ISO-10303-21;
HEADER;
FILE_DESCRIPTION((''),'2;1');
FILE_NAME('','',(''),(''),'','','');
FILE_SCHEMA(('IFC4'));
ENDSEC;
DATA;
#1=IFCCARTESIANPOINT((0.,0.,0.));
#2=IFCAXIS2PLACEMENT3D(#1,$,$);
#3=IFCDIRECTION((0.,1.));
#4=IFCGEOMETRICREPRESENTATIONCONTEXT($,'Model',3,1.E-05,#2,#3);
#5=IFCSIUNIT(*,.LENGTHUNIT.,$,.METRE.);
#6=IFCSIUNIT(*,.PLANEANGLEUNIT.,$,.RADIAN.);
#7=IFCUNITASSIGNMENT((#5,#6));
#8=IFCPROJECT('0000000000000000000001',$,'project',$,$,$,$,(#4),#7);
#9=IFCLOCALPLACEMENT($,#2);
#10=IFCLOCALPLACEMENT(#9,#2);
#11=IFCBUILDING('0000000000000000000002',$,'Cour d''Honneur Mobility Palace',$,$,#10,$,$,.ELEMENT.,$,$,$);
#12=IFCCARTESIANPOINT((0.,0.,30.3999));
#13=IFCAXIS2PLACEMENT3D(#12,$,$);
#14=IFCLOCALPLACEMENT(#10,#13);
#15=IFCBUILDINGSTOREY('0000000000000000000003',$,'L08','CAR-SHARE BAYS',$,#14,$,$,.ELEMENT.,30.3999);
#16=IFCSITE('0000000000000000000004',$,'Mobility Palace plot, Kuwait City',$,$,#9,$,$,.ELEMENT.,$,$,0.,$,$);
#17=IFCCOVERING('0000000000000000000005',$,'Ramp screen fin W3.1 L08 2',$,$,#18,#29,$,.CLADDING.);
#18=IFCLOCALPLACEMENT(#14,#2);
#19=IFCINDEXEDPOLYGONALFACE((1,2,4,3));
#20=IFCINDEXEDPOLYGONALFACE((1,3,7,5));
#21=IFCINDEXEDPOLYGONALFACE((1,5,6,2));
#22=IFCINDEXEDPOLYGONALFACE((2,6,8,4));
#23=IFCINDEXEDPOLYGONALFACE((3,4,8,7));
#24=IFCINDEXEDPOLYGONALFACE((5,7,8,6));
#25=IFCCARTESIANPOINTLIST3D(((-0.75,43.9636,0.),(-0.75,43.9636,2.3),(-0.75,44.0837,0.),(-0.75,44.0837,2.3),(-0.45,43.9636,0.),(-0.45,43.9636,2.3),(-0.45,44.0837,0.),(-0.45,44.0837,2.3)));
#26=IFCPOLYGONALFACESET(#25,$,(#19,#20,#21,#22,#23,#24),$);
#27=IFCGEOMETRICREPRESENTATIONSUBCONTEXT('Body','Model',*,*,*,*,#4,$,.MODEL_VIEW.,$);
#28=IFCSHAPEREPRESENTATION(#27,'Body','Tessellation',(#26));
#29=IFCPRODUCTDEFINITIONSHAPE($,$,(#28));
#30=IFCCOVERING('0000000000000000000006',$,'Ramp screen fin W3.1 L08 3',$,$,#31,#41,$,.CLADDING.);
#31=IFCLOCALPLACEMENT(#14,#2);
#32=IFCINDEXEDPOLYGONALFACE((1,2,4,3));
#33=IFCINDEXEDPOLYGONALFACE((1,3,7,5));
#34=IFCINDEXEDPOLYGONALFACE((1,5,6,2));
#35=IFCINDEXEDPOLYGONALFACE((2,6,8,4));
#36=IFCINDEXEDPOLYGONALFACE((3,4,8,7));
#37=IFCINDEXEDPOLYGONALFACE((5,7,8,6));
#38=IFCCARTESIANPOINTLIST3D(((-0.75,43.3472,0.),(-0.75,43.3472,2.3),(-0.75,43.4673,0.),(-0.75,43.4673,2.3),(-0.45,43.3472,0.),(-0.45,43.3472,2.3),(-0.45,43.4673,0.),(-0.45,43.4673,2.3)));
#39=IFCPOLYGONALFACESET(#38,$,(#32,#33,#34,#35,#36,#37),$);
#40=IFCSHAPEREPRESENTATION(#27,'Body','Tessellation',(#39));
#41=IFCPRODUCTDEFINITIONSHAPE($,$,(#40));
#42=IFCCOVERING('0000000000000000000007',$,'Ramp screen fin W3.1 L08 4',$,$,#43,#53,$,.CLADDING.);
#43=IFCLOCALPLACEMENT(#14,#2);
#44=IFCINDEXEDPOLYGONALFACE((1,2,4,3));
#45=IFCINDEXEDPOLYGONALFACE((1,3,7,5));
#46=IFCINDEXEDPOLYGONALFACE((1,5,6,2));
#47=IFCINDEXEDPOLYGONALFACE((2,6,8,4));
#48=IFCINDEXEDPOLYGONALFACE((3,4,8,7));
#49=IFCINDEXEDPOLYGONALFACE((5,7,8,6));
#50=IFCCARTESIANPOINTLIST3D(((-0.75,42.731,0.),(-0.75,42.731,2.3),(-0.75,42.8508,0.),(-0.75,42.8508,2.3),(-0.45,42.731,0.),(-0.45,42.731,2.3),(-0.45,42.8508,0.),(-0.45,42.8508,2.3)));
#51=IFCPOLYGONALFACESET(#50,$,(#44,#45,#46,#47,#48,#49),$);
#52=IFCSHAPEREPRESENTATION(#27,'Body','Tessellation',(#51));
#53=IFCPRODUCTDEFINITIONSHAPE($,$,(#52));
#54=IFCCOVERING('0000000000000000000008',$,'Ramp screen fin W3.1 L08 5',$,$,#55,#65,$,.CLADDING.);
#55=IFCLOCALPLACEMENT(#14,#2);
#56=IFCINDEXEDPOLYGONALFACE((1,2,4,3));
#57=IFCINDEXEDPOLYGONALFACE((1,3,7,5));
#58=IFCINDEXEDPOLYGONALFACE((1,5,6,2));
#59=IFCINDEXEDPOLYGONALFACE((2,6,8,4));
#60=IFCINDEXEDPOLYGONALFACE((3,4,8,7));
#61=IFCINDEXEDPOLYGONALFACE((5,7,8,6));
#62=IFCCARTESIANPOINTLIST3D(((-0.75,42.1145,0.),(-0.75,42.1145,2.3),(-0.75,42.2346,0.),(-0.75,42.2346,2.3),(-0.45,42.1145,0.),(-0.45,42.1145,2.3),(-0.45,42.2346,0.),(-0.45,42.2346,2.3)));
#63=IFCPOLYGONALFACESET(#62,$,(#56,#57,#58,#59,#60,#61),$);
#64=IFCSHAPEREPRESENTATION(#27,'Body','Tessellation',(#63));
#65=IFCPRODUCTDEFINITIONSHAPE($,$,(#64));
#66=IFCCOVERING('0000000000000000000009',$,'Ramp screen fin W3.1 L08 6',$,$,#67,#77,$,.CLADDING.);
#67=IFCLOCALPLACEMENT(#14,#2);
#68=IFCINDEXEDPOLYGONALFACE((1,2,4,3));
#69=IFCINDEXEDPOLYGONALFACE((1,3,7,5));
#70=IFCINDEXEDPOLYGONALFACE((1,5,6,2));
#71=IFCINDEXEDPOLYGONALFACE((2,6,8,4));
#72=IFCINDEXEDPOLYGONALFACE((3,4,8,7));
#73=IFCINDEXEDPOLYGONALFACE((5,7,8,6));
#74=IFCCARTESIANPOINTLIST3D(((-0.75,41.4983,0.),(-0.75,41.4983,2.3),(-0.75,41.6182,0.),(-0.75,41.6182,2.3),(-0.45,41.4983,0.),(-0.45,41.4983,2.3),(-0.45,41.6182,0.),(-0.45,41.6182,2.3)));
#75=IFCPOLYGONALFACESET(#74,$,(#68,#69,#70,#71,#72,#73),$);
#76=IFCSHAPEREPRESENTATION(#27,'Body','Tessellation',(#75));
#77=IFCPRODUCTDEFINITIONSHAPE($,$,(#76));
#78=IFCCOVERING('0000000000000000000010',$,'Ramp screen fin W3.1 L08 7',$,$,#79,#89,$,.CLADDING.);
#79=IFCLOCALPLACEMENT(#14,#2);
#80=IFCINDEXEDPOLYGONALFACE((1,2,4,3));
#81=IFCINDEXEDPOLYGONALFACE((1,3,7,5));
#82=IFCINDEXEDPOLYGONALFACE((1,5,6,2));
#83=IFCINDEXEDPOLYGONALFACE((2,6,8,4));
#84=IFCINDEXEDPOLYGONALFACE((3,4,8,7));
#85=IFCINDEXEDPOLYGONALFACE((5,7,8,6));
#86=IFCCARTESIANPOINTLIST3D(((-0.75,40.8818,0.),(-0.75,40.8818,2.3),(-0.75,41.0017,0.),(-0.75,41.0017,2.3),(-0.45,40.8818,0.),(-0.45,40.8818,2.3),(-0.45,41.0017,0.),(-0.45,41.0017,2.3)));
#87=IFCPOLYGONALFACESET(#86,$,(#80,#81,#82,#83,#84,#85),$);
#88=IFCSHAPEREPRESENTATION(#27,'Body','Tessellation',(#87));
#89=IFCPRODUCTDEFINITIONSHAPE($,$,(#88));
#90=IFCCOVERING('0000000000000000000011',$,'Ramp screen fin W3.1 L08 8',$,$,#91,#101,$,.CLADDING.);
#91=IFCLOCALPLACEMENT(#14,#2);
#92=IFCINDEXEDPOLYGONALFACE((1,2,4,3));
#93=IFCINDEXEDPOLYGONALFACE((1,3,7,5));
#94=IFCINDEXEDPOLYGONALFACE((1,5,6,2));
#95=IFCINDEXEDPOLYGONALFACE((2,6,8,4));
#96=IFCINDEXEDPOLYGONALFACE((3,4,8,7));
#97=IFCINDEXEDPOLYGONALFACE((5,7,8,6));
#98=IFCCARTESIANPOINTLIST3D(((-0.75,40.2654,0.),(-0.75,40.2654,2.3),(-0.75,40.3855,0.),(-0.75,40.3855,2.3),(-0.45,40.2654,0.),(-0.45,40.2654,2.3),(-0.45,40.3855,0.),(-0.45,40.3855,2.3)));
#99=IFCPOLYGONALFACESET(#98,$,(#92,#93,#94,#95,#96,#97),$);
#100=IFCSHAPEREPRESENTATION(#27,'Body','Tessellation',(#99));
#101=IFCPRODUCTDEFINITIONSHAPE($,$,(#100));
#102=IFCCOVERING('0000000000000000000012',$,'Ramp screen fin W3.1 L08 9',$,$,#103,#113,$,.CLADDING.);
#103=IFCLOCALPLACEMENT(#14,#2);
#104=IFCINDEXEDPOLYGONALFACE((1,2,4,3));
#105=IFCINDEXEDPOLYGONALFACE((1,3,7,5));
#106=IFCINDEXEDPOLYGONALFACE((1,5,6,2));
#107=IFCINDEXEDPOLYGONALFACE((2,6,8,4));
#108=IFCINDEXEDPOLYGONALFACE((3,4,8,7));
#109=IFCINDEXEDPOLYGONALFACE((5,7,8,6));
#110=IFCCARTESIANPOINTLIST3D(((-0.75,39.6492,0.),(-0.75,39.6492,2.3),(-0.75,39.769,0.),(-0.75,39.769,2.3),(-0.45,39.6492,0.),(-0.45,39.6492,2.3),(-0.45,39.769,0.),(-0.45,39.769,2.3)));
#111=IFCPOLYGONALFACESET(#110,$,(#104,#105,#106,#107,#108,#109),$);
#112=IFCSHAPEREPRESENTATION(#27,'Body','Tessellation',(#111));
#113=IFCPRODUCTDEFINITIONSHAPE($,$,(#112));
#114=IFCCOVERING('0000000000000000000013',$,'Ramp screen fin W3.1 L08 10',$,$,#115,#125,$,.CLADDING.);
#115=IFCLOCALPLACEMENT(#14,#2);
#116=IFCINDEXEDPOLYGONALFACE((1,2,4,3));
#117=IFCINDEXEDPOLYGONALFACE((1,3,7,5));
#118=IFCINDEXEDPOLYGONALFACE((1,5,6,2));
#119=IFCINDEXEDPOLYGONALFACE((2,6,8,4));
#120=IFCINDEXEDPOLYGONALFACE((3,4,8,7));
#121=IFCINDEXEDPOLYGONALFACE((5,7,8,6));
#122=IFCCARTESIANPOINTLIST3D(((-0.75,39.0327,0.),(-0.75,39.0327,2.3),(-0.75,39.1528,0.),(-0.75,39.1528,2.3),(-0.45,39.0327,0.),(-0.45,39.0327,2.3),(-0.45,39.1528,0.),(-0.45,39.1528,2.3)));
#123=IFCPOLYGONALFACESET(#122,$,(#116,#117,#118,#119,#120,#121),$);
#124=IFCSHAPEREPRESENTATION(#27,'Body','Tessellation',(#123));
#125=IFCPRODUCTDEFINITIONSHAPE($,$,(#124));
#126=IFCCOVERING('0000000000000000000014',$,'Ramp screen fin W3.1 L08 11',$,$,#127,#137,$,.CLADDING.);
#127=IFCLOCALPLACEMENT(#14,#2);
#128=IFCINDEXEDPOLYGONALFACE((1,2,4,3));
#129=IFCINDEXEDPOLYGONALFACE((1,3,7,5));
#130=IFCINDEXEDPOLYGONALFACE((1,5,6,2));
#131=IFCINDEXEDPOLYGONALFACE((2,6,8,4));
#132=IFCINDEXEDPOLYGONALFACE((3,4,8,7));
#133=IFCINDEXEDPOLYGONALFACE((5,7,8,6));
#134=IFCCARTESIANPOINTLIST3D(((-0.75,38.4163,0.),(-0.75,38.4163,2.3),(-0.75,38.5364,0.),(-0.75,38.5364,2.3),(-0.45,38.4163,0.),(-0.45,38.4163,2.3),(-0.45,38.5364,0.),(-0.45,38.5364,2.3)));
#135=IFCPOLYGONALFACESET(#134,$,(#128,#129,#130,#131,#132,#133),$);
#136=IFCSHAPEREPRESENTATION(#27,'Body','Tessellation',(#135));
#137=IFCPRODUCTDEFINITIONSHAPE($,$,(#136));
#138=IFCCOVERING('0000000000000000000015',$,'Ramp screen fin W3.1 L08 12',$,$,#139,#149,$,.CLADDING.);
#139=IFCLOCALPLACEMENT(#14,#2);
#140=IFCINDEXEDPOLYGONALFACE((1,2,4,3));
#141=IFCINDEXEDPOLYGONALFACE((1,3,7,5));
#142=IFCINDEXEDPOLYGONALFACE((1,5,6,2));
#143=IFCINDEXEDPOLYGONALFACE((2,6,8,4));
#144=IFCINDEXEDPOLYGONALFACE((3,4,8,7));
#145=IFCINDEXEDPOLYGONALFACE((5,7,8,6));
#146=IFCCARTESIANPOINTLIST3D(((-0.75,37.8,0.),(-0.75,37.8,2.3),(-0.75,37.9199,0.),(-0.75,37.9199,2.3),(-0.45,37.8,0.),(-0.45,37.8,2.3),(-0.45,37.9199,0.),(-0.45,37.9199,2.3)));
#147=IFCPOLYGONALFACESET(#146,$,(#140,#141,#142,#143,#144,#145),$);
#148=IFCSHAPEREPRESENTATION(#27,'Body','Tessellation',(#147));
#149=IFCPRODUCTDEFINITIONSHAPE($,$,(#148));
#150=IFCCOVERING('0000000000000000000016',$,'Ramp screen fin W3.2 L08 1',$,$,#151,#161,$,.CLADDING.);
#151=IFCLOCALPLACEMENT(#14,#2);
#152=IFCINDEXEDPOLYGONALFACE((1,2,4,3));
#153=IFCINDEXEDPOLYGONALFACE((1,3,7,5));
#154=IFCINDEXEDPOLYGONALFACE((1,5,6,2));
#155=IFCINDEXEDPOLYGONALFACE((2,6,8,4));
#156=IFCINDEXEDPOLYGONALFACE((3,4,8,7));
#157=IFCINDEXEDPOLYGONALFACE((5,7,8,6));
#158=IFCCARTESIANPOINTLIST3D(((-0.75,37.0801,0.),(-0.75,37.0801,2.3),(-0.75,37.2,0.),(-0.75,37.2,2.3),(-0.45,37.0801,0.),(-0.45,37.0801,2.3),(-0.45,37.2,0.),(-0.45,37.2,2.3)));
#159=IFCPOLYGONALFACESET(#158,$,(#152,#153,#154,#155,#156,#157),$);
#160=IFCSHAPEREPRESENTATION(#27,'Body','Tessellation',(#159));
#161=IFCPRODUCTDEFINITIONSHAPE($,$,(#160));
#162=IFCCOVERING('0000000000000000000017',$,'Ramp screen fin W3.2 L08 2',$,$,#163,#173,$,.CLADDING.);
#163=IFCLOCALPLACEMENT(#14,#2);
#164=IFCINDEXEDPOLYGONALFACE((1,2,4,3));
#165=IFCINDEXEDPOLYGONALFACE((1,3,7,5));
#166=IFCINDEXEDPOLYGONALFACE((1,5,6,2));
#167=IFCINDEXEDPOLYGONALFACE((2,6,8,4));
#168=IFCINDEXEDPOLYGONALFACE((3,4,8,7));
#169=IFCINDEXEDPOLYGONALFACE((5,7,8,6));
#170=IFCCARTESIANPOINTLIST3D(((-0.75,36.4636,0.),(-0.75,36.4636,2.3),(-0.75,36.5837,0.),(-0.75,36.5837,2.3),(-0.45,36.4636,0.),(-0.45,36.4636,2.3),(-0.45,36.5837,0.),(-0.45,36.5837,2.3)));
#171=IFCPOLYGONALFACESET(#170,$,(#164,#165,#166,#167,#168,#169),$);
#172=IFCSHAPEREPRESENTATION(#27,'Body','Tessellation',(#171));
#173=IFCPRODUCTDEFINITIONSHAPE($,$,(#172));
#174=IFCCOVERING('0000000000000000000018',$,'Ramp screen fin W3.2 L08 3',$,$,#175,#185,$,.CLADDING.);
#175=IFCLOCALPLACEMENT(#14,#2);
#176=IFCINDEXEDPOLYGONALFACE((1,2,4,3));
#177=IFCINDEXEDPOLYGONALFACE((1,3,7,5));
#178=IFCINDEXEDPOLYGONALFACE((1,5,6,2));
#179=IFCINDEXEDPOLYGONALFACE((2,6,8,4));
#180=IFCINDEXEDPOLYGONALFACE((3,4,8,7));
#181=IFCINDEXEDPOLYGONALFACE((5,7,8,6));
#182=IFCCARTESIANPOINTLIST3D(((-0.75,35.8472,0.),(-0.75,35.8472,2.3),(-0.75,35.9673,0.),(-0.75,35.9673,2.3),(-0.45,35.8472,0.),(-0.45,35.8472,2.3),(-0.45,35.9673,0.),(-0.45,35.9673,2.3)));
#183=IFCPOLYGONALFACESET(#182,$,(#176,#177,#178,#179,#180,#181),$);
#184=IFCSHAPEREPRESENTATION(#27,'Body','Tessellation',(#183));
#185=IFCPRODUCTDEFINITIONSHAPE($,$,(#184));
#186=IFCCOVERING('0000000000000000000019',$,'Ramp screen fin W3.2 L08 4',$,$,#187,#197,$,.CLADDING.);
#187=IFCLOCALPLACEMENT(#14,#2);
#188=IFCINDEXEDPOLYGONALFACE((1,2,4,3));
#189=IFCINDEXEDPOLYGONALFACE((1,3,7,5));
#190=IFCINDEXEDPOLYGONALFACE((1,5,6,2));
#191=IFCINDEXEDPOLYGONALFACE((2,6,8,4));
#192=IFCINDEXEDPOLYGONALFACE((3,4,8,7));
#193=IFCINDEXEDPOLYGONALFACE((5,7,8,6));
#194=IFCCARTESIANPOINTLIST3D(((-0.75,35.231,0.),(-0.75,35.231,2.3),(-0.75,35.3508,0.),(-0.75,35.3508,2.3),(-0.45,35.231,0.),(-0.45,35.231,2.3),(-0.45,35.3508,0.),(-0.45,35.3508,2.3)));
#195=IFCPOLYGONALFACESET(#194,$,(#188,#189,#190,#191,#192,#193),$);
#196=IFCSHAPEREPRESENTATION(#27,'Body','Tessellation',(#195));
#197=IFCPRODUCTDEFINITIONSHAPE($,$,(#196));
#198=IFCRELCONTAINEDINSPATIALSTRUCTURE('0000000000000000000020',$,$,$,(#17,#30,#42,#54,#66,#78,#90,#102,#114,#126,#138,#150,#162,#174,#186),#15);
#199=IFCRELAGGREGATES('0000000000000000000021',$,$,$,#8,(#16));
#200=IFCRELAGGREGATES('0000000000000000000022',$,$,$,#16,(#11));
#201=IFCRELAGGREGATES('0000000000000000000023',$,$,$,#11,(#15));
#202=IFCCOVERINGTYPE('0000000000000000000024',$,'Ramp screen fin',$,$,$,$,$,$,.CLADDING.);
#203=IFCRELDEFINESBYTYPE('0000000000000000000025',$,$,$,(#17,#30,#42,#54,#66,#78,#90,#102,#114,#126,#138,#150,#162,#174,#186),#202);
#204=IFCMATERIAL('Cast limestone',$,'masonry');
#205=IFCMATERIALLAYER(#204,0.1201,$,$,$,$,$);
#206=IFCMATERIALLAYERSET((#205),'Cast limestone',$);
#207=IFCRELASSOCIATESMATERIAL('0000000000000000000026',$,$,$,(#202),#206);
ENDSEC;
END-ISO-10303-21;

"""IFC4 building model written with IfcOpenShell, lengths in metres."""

from ifc_helpers import new_model, si_unit, direction, frame, origin, place, context, subcontext, project, spatial, polyline, outline, extrude, material, layer, layer_set, type_object, element, save


model = new_model("IFC4")

# Units and contexts
model_context = context("Model", 3, precision=1e-05, world=origin(), true_north=direction((0.0, 1.0)))
body_context = subcontext(model_context, "Body", "Model", "MODEL_VIEW")
ifc_project = project(units=[si_unit("LENGTHUNIT", "METRE"), si_unit("PLANEANGLEUNIT", "RADIAN")], contexts=[model_context])

# Site, building, storey
site_placement = place(None, origin())
site = spatial("IfcSite", under=ifc_project, at=site_placement, Name="Mobility Palace plot, Kuwait City", CompositionType="ELEMENT", RefElevation=0.0)
building_placement = place(site_placement, origin())
building = spatial("IfcBuilding", under=site, at=building_placement, Name="Cour d'Honneur Mobility Palace", CompositionType="ELEMENT")
storey_placement = place(building_placement, frame((0.0, 0.0, 30.3999)))
storey = spatial("IfcBuildingStorey", under=building, at=storey_placement, Name="L08", Description="CAR-SHARE BAYS", CompositionType="ELEMENT", Elevation=30.3999)

# Coverings
ifc_material = material(Name="Cast limestone", Category="masonry")
ifc_layer = layer(ifc_material, 0.1201)
ifc_layer_set = layer_set([ifc_layer], Name="Cast limestone")
covering_type = type_object("IfcCoveringType", Name="Ramp screen fin", PredefinedType="CLADDING", material=ifc_layer_set)
covering_1_placement = place(storey_placement, origin())
element("IfcCovering", 1, at=covering_1_placement, inside=storey, type_object=covering_type, Name="Ramp screen fin W3.1 L08 2", PredefinedType="CLADDING", context=body_context, shape_type="SweptSolid", body=[
    extrude(outline(polyline([(-0.45, 44.0837), (-0.45, 43.9636), (-0.75, 43.9636), (-0.75, 44.0837), (-0.45, 44.0837)])), origin(), (0.0, 0.0, 1.0), 2.3),
])
covering_2_placement = place(storey_placement, origin())
element("IfcCovering", 2, at=covering_2_placement, inside=storey, type_object=covering_type, Name="Ramp screen fin W3.1 L08 3", PredefinedType="CLADDING", context=body_context, shape_type="SweptSolid", body=[
    extrude(outline(polyline([(-0.45, 43.4673), (-0.45, 43.3472), (-0.75, 43.3472), (-0.75, 43.4673), (-0.45, 43.4673)])), origin(), (0.0, 0.0, 1.0), 2.3),
])
covering_3_placement = place(storey_placement, origin())
element("IfcCovering", 3, at=covering_3_placement, inside=storey, type_object=covering_type, Name="Ramp screen fin W3.1 L08 4", PredefinedType="CLADDING", context=body_context, shape_type="SweptSolid", body=[
    extrude(outline(polyline([(-0.45, 42.8508), (-0.45, 42.731), (-0.75, 42.731), (-0.75, 42.8508), (-0.45, 42.8508)])), origin(), (0.0, 0.0, 1.0), 2.3),
])
covering_4_placement = place(storey_placement, origin())
element("IfcCovering", 4, at=covering_4_placement, inside=storey, type_object=covering_type, Name="Ramp screen fin W3.1 L08 5", PredefinedType="CLADDING", context=body_context, shape_type="SweptSolid", body=[
    extrude(outline(polyline([(-0.45, 42.2346), (-0.45, 42.1145), (-0.75, 42.1145), (-0.75, 42.2346), (-0.45, 42.2346)])), origin(), (0.0, 0.0, 1.0), 2.3),
])
covering_5_placement = place(storey_placement, origin())
element("IfcCovering", 5, at=covering_5_placement, inside=storey, type_object=covering_type, Name="Ramp screen fin W3.1 L08 6", PredefinedType="CLADDING", context=body_context, shape_type="SweptSolid", body=[
    extrude(outline(polyline([(-0.45, 41.6182), (-0.45, 41.4983), (-0.75, 41.4983), (-0.75, 41.6182), (-0.45, 41.6182)])), origin(), (0.0, 0.0, 1.0), 2.3),
])
covering_6_placement = place(storey_placement, origin())
element("IfcCovering", 6, at=covering_6_placement, inside=storey, type_object=covering_type, Name="Ramp screen fin W3.1 L08 7", PredefinedType="CLADDING", context=body_context, shape_type="SweptSolid", body=[
    extrude(outline(polyline([(-0.45, 41.0017), (-0.45, 40.8818), (-0.75, 40.8818), (-0.75, 41.0017), (-0.45, 41.0017)])), origin(), (0.0, 0.0, 1.0), 2.3),
])
covering_7_placement = place(storey_placement, origin())
element("IfcCovering", 7, at=covering_7_placement, inside=storey, type_object=covering_type, Name="Ramp screen fin W3.1 L08 8", PredefinedType="CLADDING", context=body_context, shape_type="SweptSolid", body=[
    extrude(outline(polyline([(-0.45, 40.3855), (-0.45, 40.2654), (-0.75, 40.2654), (-0.75, 40.3855), (-0.45, 40.3855)])), origin(), (0.0, 0.0, 1.0), 2.3),
])
covering_8_placement = place(storey_placement, origin())
element("IfcCovering", 8, at=covering_8_placement, inside=storey, type_object=covering_type, Name="Ramp screen fin W3.1 L08 9", PredefinedType="CLADDING", context=body_context, shape_type="SweptSolid", body=[
    extrude(outline(polyline([(-0.45, 39.769), (-0.45, 39.6492), (-0.75, 39.6492), (-0.75, 39.769), (-0.45, 39.769)])), origin(), (0.0, 0.0, 1.0), 2.3),
])
covering_9_placement = place(storey_placement, origin())
element("IfcCovering", 9, at=covering_9_placement, inside=storey, type_object=covering_type, Name="Ramp screen fin W3.1 L08 10", PredefinedType="CLADDING", context=body_context, shape_type="SweptSolid", body=[
    extrude(outline(polyline([(-0.45, 39.1528), (-0.45, 39.0327), (-0.75, 39.0327), (-0.75, 39.1528), (-0.45, 39.1528)])), origin(), (0.0, 0.0, 1.0), 2.3),
])
covering_10_placement = place(storey_placement, origin())
element("IfcCovering", 10, at=covering_10_placement, inside=storey, type_object=covering_type, Name="Ramp screen fin W3.1 L08 11", PredefinedType="CLADDING", context=body_context, shape_type="SweptSolid", body=[
    extrude(outline(polyline([(-0.45, 38.5364), (-0.45, 38.4163), (-0.75, 38.4163), (-0.75, 38.5364), (-0.45, 38.5364)])), origin(), (0.0, 0.0, 1.0), 2.3),
])
covering_11_placement = place(storey_placement, origin())
element("IfcCovering", 11, at=covering_11_placement, inside=storey, type_object=covering_type, Name="Ramp screen fin W3.1 L08 12", PredefinedType="CLADDING", context=body_context, shape_type="SweptSolid", body=[
    extrude(outline(polyline([(-0.45, 37.9199), (-0.45, 37.8), (-0.75, 37.8), (-0.75, 37.9199), (-0.45, 37.9199)])), origin(), (0.0, 0.0, 1.0), 2.3),
])
covering_12_placement = place(storey_placement, origin())
element("IfcCovering", 12, at=covering_12_placement, inside=storey, type_object=covering_type, Name="Ramp screen fin W3.2 L08 1", PredefinedType="CLADDING", context=body_context, shape_type="SweptSolid", body=[
    extrude(outline(polyline([(-0.45, 37.2), (-0.45, 37.0801), (-0.75, 37.0801), (-0.75, 37.2), (-0.45, 37.2)])), origin(), (0.0, 0.0, 1.0), 2.3),
])
covering_13_placement = place(storey_placement, origin())
element("IfcCovering", 13, at=covering_13_placement, inside=storey, type_object=covering_type, Name="Ramp screen fin W3.2 L08 2", PredefinedType="CLADDING", context=body_context, shape_type="SweptSolid", body=[
    extrude(outline(polyline([(-0.45, 36.5837), (-0.45, 36.4636), (-0.75, 36.4636), (-0.75, 36.5837), (-0.45, 36.5837)])), origin(), (0.0, 0.0, 1.0), 2.3),
])
covering_14_placement = place(storey_placement, origin())
element("IfcCovering", 14, at=covering_14_placement, inside=storey, type_object=covering_type, Name="Ramp screen fin W3.2 L08 3", PredefinedType="CLADDING", context=body_context, shape_type="SweptSolid", body=[
    extrude(outline(polyline([(-0.45, 35.9673), (-0.45, 35.8472), (-0.75, 35.8472), (-0.75, 35.9673), (-0.45, 35.9673)])), origin(), (0.0, 0.0, 1.0), 2.3),
])
covering_15_placement = place(storey_placement, origin())
element("IfcCovering", 15, at=covering_15_placement, inside=storey, type_object=covering_type, Name="Ramp screen fin W3.2 L08 4", PredefinedType="CLADDING", context=body_context, shape_type="SweptSolid", body=[
    extrude(outline(polyline([(-0.45, 35.3508), (-0.45, 35.231), (-0.75, 35.231), (-0.75, 35.3508), (-0.45, 35.3508)])), origin(), (0.0, 0.0, 1.0), 2.3),
])

save(model, "model.ifc")
